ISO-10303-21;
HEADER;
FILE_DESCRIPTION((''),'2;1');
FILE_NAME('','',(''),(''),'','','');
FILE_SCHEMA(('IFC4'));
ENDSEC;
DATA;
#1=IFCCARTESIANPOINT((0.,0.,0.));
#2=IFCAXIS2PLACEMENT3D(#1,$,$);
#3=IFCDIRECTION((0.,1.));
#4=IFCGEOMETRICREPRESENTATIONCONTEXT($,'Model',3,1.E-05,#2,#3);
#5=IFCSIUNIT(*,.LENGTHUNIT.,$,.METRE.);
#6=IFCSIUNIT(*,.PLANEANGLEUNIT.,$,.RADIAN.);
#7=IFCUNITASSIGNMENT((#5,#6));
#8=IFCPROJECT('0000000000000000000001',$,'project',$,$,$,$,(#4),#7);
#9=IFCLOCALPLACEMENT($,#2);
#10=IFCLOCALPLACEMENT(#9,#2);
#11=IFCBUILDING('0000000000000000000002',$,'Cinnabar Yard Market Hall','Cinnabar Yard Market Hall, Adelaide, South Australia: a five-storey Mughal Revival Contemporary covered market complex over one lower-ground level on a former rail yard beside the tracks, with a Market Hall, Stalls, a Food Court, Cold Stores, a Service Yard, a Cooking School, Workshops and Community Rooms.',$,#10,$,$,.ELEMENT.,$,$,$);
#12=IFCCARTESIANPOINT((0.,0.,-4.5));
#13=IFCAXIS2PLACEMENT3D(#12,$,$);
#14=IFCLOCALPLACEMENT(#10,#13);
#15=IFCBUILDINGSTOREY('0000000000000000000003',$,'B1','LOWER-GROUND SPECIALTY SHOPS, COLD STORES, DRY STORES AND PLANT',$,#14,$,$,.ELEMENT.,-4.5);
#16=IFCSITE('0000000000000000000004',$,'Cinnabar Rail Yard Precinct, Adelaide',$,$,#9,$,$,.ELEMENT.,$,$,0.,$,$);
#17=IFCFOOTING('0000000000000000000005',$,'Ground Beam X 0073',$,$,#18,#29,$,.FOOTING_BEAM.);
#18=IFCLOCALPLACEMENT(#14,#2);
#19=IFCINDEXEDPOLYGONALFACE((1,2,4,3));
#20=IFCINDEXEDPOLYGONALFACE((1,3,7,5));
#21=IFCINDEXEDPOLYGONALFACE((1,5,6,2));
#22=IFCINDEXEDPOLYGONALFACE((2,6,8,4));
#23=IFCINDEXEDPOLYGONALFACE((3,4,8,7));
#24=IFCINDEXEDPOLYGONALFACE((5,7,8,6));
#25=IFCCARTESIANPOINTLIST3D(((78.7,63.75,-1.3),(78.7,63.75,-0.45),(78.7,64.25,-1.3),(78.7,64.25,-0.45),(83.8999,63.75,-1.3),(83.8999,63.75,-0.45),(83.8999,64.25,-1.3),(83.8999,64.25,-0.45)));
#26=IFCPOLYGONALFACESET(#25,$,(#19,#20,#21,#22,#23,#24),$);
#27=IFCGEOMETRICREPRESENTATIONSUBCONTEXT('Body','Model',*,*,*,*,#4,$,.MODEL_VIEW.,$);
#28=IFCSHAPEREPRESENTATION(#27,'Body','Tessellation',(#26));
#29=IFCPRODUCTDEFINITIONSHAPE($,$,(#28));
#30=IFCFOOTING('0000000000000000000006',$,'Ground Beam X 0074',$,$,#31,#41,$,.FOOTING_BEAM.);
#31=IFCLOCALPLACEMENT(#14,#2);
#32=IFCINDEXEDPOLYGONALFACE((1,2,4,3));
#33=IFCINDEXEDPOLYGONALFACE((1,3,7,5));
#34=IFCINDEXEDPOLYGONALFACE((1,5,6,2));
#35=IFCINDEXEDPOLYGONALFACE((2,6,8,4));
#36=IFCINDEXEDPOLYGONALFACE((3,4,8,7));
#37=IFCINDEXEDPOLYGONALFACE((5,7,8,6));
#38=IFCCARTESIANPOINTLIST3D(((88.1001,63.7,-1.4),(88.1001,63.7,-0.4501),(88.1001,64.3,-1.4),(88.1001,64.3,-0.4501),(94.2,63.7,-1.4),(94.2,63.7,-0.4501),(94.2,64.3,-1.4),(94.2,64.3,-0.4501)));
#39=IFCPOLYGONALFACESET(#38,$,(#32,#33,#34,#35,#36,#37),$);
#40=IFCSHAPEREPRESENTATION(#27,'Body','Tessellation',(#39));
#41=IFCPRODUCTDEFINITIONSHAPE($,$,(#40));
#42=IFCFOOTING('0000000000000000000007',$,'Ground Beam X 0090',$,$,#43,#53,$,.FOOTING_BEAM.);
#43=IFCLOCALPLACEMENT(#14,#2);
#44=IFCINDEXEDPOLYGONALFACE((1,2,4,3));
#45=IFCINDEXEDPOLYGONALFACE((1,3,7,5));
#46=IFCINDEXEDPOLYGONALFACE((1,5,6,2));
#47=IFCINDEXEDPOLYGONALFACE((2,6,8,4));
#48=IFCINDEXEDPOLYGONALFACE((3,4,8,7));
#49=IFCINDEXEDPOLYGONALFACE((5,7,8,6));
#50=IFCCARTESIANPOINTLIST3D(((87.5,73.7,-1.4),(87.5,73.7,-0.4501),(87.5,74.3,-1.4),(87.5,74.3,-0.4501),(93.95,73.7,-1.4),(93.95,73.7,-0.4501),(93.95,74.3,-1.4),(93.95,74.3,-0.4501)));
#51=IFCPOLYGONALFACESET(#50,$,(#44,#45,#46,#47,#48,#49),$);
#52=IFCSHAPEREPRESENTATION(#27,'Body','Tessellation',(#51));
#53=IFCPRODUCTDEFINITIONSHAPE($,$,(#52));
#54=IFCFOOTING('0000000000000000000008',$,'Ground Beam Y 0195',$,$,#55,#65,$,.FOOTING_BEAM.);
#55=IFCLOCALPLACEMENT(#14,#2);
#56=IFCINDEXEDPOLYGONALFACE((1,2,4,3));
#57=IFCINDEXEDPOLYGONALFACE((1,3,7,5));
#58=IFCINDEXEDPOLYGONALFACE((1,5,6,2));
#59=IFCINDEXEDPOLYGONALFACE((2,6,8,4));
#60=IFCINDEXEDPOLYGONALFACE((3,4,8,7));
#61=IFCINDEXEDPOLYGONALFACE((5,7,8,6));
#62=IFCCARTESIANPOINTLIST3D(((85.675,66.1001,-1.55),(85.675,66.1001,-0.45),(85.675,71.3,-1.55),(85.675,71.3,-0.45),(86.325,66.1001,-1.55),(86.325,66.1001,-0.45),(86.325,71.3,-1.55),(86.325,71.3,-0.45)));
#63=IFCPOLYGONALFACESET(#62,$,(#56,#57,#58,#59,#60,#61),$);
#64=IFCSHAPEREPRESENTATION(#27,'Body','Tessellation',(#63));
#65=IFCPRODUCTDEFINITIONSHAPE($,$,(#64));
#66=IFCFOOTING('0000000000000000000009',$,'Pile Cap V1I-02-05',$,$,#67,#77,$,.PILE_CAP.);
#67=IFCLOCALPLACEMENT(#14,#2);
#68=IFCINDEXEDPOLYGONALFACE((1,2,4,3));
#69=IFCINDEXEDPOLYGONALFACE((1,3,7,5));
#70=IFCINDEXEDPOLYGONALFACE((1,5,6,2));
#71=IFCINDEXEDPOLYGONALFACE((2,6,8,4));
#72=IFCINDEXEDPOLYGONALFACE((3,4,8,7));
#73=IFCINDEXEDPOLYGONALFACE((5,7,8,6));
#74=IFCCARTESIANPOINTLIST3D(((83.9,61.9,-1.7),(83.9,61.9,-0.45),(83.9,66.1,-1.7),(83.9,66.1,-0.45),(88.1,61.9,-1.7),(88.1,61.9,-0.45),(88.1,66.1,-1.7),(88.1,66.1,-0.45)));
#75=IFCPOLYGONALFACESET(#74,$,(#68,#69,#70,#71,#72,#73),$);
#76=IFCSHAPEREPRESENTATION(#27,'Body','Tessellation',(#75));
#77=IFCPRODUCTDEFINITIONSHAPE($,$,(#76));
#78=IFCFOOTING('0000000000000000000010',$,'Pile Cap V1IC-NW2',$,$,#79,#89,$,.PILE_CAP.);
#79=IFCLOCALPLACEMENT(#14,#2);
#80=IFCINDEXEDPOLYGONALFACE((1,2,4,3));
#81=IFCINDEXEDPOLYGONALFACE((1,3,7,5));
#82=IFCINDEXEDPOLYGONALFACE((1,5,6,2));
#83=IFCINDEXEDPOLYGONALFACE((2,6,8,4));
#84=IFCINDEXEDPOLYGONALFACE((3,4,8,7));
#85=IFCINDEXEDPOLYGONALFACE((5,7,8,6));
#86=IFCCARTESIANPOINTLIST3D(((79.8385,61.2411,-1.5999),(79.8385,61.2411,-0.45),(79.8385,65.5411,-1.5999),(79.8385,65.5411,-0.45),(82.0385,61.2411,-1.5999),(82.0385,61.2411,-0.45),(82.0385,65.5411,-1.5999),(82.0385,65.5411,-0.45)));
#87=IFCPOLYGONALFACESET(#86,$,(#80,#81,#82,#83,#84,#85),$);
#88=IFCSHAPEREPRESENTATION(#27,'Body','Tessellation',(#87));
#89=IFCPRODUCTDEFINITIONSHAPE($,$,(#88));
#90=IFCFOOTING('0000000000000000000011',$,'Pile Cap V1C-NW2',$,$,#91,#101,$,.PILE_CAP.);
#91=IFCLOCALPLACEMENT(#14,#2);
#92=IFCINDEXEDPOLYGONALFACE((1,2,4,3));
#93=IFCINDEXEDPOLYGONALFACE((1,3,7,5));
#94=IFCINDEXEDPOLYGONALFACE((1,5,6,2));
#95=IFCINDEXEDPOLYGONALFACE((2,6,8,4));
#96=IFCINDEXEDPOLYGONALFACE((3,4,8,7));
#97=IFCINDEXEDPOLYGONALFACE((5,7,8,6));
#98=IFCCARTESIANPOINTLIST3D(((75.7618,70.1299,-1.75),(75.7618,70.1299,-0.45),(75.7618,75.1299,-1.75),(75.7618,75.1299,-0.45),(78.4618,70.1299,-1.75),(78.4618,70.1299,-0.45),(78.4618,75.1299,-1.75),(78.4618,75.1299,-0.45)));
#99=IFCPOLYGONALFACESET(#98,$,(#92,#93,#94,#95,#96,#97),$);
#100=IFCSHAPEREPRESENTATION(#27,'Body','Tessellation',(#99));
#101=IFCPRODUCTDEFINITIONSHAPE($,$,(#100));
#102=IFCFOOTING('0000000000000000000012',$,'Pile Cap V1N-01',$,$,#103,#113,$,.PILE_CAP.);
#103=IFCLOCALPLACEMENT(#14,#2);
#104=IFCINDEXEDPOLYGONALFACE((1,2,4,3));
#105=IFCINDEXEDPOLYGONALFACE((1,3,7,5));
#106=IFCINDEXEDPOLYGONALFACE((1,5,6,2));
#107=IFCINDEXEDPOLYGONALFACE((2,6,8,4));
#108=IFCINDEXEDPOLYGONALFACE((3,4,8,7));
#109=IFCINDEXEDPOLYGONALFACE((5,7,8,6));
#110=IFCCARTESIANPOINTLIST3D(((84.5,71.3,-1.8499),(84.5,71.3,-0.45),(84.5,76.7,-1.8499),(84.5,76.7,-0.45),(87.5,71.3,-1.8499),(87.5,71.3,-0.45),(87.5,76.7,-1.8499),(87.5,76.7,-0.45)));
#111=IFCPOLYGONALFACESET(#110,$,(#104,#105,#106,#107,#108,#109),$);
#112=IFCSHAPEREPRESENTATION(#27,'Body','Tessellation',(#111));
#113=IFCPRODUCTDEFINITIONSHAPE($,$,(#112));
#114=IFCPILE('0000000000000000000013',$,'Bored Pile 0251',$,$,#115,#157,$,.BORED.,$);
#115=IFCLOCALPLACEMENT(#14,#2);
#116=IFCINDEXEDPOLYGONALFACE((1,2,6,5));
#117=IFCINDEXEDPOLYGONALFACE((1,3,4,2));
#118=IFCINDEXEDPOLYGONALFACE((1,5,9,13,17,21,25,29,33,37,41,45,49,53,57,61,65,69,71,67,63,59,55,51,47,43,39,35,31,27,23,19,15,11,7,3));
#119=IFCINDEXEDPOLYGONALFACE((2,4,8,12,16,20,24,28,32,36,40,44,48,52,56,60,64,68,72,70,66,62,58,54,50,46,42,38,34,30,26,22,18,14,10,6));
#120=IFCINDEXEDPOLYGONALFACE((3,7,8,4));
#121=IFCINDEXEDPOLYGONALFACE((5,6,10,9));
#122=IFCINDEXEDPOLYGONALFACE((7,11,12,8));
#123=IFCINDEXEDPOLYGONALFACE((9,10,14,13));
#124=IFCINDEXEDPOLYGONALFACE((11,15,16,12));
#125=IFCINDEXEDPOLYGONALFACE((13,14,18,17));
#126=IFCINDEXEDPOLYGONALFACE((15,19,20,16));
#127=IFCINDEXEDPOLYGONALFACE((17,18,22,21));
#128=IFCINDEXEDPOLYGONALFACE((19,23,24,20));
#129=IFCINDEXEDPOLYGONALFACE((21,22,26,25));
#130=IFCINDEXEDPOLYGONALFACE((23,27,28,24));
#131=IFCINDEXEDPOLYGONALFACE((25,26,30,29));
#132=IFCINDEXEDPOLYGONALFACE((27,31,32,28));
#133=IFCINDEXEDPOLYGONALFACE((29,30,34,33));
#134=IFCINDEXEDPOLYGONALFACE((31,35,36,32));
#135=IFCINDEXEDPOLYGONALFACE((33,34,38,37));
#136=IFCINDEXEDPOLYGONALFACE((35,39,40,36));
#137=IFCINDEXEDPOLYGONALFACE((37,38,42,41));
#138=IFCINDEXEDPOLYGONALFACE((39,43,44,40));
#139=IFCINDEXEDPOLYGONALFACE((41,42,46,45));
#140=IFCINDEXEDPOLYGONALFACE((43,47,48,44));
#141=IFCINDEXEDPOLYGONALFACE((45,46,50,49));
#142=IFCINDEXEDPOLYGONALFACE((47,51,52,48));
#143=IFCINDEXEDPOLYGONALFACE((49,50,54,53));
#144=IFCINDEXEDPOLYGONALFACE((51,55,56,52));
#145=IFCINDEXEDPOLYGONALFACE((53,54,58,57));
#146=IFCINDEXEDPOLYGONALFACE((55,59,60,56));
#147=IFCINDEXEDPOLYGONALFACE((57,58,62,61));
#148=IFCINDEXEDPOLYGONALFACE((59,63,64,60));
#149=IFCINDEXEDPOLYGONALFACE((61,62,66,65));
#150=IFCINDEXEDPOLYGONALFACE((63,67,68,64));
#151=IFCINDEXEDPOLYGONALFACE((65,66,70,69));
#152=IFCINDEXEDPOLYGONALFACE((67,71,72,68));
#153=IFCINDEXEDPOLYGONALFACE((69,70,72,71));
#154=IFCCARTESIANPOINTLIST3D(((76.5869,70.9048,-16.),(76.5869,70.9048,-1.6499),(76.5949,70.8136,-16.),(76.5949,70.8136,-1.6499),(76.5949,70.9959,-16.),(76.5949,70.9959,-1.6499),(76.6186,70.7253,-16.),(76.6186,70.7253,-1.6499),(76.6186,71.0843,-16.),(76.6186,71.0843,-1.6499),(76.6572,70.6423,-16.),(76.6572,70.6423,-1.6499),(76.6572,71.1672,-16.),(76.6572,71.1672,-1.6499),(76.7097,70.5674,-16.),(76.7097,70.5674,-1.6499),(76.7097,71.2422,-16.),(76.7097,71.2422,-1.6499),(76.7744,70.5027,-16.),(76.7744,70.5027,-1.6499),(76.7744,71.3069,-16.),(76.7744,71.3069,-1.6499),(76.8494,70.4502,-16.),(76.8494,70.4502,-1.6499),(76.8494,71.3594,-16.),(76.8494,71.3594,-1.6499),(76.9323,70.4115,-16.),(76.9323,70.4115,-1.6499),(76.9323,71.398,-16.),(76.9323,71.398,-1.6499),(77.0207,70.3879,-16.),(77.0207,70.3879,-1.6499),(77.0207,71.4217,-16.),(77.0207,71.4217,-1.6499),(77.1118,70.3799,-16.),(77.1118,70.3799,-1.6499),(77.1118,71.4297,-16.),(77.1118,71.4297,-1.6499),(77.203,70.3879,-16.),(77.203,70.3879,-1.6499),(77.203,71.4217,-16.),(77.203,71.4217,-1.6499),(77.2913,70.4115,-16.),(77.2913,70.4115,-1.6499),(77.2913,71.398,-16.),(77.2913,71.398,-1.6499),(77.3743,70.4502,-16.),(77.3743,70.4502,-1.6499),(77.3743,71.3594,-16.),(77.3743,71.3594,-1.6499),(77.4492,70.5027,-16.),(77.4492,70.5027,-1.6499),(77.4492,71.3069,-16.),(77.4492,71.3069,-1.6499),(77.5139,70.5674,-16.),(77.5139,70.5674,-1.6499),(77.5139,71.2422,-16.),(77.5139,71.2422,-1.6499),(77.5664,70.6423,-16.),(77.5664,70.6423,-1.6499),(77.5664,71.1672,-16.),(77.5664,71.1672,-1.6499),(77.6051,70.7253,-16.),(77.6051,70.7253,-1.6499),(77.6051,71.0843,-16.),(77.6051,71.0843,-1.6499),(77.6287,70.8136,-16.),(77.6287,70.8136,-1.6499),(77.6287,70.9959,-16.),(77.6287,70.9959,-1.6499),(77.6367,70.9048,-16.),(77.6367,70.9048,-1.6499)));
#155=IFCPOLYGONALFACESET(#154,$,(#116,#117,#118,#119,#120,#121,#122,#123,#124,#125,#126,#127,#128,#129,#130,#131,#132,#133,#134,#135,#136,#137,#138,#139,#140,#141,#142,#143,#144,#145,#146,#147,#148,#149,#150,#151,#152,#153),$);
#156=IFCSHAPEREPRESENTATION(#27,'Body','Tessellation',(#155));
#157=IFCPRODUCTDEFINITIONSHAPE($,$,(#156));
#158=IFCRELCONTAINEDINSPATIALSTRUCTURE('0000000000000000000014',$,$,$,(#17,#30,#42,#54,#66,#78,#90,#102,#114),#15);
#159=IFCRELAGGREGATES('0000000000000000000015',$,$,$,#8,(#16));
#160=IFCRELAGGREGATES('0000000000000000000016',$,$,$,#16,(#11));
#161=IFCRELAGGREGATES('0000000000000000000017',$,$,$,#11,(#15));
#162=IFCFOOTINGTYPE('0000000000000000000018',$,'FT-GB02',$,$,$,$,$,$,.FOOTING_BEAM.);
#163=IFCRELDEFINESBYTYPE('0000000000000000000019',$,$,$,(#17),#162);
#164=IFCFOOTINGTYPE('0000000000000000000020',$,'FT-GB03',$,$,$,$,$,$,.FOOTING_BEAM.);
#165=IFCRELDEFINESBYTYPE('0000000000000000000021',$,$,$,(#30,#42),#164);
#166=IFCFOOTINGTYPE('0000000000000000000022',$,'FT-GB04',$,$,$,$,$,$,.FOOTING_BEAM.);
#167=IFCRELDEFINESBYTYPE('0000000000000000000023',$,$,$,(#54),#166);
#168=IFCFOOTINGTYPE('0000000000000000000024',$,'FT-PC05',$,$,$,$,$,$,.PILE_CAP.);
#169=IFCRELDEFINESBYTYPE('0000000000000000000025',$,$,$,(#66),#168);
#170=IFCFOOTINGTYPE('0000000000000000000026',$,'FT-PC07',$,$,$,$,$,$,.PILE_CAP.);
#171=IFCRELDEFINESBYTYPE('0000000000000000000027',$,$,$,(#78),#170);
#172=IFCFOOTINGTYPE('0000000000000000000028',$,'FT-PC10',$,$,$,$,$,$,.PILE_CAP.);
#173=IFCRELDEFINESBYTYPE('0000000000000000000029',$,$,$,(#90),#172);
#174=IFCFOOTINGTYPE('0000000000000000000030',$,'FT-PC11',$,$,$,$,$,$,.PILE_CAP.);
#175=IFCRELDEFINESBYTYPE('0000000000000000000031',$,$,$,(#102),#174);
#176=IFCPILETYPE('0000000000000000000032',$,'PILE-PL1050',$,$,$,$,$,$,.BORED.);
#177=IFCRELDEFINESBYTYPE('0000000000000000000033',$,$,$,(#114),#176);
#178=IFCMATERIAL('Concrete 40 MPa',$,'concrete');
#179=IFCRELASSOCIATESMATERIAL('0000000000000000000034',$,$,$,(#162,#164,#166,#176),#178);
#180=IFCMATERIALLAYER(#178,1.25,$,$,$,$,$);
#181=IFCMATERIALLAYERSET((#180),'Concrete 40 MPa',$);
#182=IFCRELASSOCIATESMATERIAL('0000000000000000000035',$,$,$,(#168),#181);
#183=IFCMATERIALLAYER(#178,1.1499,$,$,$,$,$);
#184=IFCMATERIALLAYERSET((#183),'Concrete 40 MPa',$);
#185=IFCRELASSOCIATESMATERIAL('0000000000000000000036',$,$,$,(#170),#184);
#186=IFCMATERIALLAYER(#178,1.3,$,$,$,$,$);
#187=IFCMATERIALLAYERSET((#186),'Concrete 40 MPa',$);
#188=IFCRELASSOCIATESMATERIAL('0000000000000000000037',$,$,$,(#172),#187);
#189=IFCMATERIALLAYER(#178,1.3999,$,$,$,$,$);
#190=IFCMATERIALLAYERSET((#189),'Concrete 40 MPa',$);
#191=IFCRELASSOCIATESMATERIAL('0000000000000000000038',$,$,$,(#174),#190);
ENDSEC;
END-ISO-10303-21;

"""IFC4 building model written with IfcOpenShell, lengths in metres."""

from ifc_helpers import new_model, si_unit, direction, frame, origin, origin_2d_with_axis, place, context, subcontext, project, spatial, rectangle, circle, extrude, material, layer, layer_set, material_profile, profile_set, type_object, element, save


model = new_model("IFC4")

# Units and contexts
model_context = context("Model", 3, precision=1e-05, world=origin(), true_north=direction((0.0, 1.0)))
body_context = subcontext(model_context, "Body", "Model", "MODEL_VIEW")
ifc_project = project(units=[si_unit("LENGTHUNIT", "METRE"), si_unit("PLANEANGLEUNIT", "RADIAN")], contexts=[model_context])

# Site, building, storey
site_placement = place(None, origin())
site = spatial("IfcSite", under=ifc_project, at=site_placement, Name="Cinnabar Rail Yard Precinct, Adelaide", CompositionType="ELEMENT", RefElevation=0.0)
building_placement = place(site_placement, origin())
building = spatial("IfcBuilding", under=site, at=building_placement, Name="Cinnabar Yard Market Hall", Description="Cinnabar Yard Market Hall, Adelaide, South Australia: a five-storey Mughal Revival Contemporary covered market complex over one lower-ground level on a former rail yard beside the tracks, with a Market Hall, Stalls, a Food Court, Cold Stores, a Service Yard, a Cooking School, Workshops and Community Rooms.", CompositionType="ELEMENT")
storey_placement = place(building_placement, frame((0.0, 0.0, -4.5)))
storey = spatial("IfcBuildingStorey", under=building, at=storey_placement, Name="B1", Description="LOWER-GROUND SPECIALTY SHOPS, COLD STORES, DRY STORES AND PLANT", CompositionType="ELEMENT", Elevation=-4.5)

# Footings
ifc_material_1 = material(Name="Concrete 40 MPa", Category="concrete")
ifc_material_profile_1 = material_profile(ifc_material_1, rectangle(XDim=0.5, YDim=0.8501, at=origin_2d_with_axis()), Name="GB-500x850")
ifc_profile_set_1 = profile_set([ifc_material_profile_1], Name="Concrete 40 MPa")
footing_type_1 = type_object("IfcFootingType", Name="FT-GB02", PredefinedType="FOOTING_BEAM", material=ifc_profile_set_1)
footing_1_placement = place(storey_placement, frame((78.7, 64.0, -0.875), z_axis=(1.0, 0.0, 0.0), x_axis=(0.0, 1.0, 0.0)))
element("IfcFooting", 1, at=footing_1_placement, inside=storey, type_object=footing_type_1, Name="Ground Beam X 0073", PredefinedType="FOOTING_BEAM", context=body_context, shape_type="SweptSolid", body=[
    extrude(rectangle(XDim=0.5, YDim=0.8501, at=origin_2d_with_axis()), origin(), (0.0, 0.0, 1.0), 5.2),
])
ifc_material_profile_2 = material_profile(ifc_material_1, rectangle(XDim=0.6001, YDim=0.95, at=origin_2d_with_axis()), Name="GB-600x950")
ifc_profile_set_2 = profile_set([ifc_material_profile_2], Name="Concrete 40 MPa")
footing_type_2 = type_object("IfcFootingType", Name="FT-GB03", PredefinedType="FOOTING_BEAM", material=ifc_profile_set_2)
footing_2_placement = place(storey_placement, frame((88.1001, 64.0, -0.925), z_axis=(1.0, 0.0, 0.0), x_axis=(0.0, 1.0, 0.0)))
element("IfcFooting", 2, at=footing_2_placement, inside=storey, type_object=footing_type_2, Name="Ground Beam X 0074", PredefinedType="FOOTING_BEAM", context=body_context, shape_type="SweptSolid", body=[
    extrude(rectangle(XDim=0.6001, YDim=0.95, at=origin_2d_with_axis()), origin(), (0.0, 0.0, 1.0), 6.0999),
])
footing_3_placement = place(storey_placement, frame((87.5, 74.0, -0.925), z_axis=(1.0, 0.0, 0.0), x_axis=(0.0, 1.0, 0.0)))
element("IfcFooting", 3, at=footing_3_placement, inside=storey, type_object=footing_type_2, Name="Ground Beam X 0090", PredefinedType="FOOTING_BEAM", context=body_context, shape_type="SweptSolid", body=[
    extrude(rectangle(XDim=0.6001, YDim=0.95, at=origin_2d_with_axis()), origin(), (0.0, 0.0, 1.0), 6.45),
])
ifc_material_profile_3 = material_profile(ifc_material_1, rectangle(XDim=0.6499, YDim=1.1001, at=origin_2d_with_axis()), Name="GB-650x1100")
ifc_profile_set_3 = profile_set([ifc_material_profile_3], Name="Concrete 40 MPa")
footing_type_3 = type_object("IfcFootingType", Name="FT-GB04", PredefinedType="FOOTING_BEAM", material=ifc_profile_set_3)
footing_4_placement = place(storey_placement, frame((86.0, 66.1001, -1.0), z_axis=(0.0, 1.0, 0.0), x_axis=(-1.0, 0.0, 0.0)))
element("IfcFooting", 4, at=footing_4_placement, inside=storey, type_object=footing_type_3, Name="Ground Beam Y 0195", PredefinedType="FOOTING_BEAM", context=body_context, shape_type="SweptSolid", body=[
    extrude(rectangle(XDim=0.6499, YDim=1.1001, at=origin_2d_with_axis()), origin(), (0.0, 0.0, 1.0), 5.2),
])
ifc_layer_1 = layer(ifc_material_1, 1.25)
ifc_layer_set_1 = layer_set([ifc_layer_1], Name="Concrete 40 MPa")
footing_type_4 = type_object("IfcFootingType", Name="FT-PC05", PredefinedType="PILE_CAP", material=ifc_layer_set_1)
footing_5_placement = place(storey_placement, frame((86.0, 64.0, -1.7), z_axis=(0.0, 0.0, 1.0), x_axis=(1.0, 0.0, 0.0)))
element("IfcFooting", 5, at=footing_5_placement, inside=storey, type_object=footing_type_4, Name="Pile Cap V1I-02-05", PredefinedType="PILE_CAP", context=body_context, shape_type="SweptSolid", body=[
    extrude(rectangle(XDim=4.2, YDim=4.2, at=origin_2d_with_axis()), origin(), (0.0, 0.0, 1.0), 1.25),
])
ifc_layer_2 = layer(ifc_material_1, 1.1499)
ifc_layer_set_2 = layer_set([ifc_layer_2], Name="Concrete 40 MPa")
footing_type_5 = type_object("IfcFootingType", Name="FT-PC07", PredefinedType="PILE_CAP", material=ifc_layer_set_2)
footing_6_placement = place(storey_placement, frame((80.9385, 63.3911, -1.5999), z_axis=(0.0, 0.0, 1.0), x_axis=(1.0, 0.0, 0.0)))
element("IfcFooting", 6, at=footing_6_placement, inside=storey, type_object=footing_type_5, Name="Pile Cap V1IC-NW2", PredefinedType="PILE_CAP", context=body_context, shape_type="SweptSolid", body=[
    extrude(rectangle(XDim=2.2, YDim=4.3, at=origin_2d_with_axis()), origin(), (0.0, 0.0, 1.0), 1.1499),
])
ifc_layer_3 = layer(ifc_material_1, 1.3)
ifc_layer_set_3 = layer_set([ifc_layer_3], Name="Concrete 40 MPa")
footing_type_6 = type_object("IfcFootingType", Name="FT-PC10", PredefinedType="PILE_CAP", material=ifc_layer_set_3)
footing_7_placement = place(storey_placement, frame((77.1118, 72.6299, -1.75), z_axis=(0.0, 0.0, 1.0), x_axis=(1.0, 0.0, 0.0)))
element("IfcFooting", 7, at=footing_7_placement, inside=storey, type_object=footing_type_6, Name="Pile Cap V1C-NW2", PredefinedType="PILE_CAP", context=body_context, shape_type="SweptSolid", body=[
    extrude(rectangle(XDim=2.7, YDim=5.0, at=origin_2d_with_axis()), origin(), (0.0, 0.0, 1.0), 1.3),
])
ifc_layer_4 = layer(ifc_material_1, 1.3999)
ifc_layer_set_4 = layer_set([ifc_layer_4], Name="Concrete 40 MPa")
footing_type_7 = type_object("IfcFootingType", Name="FT-PC11", PredefinedType="PILE_CAP", material=ifc_layer_set_4)
footing_8_placement = place(storey_placement, frame((86.0, 74.0, -1.8499), z_axis=(0.0, 0.0, 1.0), x_axis=(1.0, 0.0, 0.0)))
element("IfcFooting", 8, at=footing_8_placement, inside=storey, type_object=footing_type_7, Name="Pile Cap V1N-01", PredefinedType="PILE_CAP", context=body_context, shape_type="SweptSolid", body=[
    extrude(rectangle(XDim=3.0, YDim=5.3999, at=origin_2d_with_axis()), origin(), (0.0, 0.0, 1.0), 1.3999),
])

# Pile
ifc_material_profile_4 = material_profile(ifc_material_1, circle(Radius=0.5249, at=origin_2d_with_axis()), Name="PILE-D1050")
ifc_profile_set_4 = profile_set([ifc_material_profile_4], Name="Concrete 40 MPa")
pile_type_1 = type_object("IfcPileType", Name="PILE-PL1050", PredefinedType="BORED", material=ifc_profile_set_4)
for number, where, z_axis, x_axis, name in (
    (9, (77.1118, 70.9048, -1.6499), (0.0, 0.0, -1.0), (1.0, 0.0, 0.0), "Bored Pile 0251"),
):
    element("IfcPile", number, at=place(storey_placement, frame(where, z_axis=z_axis, x_axis=x_axis)), inside=storey, type_object=pile_type_1, Name=name, PredefinedType="BORED", context=body_context, shape_type="SweptSolid", body=[
        extrude(circle(Radius=0.5249, at=origin_2d_with_axis()), origin(), (0.0, 0.0, 1.0), 14.3501),
    ])

save(model, "model.ifc")
